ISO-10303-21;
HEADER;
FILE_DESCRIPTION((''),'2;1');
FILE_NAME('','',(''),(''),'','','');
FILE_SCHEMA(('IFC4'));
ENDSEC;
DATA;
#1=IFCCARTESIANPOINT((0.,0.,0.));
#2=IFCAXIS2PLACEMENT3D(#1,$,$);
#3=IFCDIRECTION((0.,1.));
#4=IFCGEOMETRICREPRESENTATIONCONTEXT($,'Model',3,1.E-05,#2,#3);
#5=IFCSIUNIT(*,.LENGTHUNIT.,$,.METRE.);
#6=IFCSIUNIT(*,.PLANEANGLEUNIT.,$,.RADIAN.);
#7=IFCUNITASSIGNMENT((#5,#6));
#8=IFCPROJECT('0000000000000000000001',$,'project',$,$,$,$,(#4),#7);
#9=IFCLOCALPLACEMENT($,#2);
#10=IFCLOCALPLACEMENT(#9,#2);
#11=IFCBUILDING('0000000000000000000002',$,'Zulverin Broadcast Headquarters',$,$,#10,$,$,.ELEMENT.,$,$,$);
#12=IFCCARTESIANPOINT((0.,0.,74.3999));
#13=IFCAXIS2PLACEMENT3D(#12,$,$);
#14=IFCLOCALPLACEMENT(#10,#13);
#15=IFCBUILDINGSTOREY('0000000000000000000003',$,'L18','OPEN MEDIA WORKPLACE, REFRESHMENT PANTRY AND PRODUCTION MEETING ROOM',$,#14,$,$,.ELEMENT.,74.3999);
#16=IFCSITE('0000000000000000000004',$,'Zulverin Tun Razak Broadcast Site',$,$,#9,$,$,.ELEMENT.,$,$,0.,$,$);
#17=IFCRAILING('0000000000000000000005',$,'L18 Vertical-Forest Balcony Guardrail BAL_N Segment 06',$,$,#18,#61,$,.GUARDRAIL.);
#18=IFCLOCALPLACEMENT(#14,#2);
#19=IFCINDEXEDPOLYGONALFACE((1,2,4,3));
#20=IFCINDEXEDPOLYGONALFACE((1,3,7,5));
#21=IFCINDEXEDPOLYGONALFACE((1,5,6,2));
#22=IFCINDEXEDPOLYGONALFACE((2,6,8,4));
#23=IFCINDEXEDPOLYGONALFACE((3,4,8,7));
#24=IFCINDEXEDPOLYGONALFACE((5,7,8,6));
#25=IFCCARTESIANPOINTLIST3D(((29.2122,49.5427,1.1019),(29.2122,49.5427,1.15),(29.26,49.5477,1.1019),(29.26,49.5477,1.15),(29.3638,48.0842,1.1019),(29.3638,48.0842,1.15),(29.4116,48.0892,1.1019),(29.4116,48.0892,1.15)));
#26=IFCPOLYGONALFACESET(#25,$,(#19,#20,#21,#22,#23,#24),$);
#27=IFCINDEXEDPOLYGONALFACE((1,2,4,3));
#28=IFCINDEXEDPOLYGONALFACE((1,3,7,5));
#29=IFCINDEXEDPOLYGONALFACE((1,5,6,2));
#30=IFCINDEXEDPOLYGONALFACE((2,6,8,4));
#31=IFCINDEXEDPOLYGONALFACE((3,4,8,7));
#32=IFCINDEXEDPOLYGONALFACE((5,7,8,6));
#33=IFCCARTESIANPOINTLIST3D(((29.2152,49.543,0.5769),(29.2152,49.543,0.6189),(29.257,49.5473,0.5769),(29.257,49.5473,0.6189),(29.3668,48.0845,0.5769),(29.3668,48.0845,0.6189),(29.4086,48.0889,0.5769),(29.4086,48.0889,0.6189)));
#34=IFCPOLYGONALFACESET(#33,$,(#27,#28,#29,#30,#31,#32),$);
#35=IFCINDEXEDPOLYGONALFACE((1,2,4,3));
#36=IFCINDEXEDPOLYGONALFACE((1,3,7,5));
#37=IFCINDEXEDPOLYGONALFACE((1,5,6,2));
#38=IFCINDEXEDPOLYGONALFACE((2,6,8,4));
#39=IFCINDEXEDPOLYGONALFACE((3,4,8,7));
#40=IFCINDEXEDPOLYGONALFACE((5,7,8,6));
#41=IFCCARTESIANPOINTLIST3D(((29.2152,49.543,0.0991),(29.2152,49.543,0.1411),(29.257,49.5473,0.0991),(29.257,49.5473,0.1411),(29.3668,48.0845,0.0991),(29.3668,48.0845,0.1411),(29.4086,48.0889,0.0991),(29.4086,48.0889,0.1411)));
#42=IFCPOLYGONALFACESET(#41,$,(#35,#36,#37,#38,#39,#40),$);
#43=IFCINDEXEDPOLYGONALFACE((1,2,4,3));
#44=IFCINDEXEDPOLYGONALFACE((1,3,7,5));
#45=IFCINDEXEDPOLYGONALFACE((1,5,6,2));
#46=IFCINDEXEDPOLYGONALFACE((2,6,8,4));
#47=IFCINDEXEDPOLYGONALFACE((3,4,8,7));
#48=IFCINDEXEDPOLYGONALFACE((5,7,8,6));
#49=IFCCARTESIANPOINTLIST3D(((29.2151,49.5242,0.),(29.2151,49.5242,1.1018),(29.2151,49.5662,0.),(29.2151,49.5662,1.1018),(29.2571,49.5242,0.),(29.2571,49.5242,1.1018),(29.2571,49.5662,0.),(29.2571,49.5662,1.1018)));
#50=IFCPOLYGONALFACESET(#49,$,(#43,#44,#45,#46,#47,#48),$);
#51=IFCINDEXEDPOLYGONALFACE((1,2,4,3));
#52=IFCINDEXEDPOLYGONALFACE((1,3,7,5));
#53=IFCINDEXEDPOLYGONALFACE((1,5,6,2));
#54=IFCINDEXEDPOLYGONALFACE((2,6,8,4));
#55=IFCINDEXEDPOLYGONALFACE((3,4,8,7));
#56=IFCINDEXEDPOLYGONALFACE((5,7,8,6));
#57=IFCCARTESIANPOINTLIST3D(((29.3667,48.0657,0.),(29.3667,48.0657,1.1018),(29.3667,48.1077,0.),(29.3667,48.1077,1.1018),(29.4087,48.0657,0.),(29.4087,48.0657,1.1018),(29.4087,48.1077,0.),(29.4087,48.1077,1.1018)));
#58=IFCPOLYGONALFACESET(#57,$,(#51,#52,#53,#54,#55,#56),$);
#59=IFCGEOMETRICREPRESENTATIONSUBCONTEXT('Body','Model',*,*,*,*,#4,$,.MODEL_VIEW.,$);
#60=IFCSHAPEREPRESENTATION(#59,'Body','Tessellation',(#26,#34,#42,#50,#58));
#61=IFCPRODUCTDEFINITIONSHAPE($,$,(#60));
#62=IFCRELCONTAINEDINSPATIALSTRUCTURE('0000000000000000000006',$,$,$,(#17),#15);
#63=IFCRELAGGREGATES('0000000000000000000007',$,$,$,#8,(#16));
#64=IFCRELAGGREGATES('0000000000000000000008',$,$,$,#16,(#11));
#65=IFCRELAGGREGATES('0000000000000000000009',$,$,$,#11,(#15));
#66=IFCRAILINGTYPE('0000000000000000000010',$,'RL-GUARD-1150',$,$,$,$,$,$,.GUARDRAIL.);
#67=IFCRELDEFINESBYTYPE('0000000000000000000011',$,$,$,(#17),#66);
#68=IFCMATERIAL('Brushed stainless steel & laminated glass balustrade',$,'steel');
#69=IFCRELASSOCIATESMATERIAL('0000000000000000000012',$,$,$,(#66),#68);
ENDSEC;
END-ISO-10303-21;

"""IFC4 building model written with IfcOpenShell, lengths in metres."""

from ifc_helpers import new_model, si_unit, direction, frame, origin, origin_2d, place, context, subcontext, project, spatial, rectangle, extrude, material, type_object, element, save


model = new_model("IFC4")

# Units and contexts
model_context = context("Model", 3, precision=1e-05, world=origin(), true_north=direction((0.0, 1.0)))
body_context = subcontext(model_context, "Body", "Model", "MODEL_VIEW")
ifc_project = project(units=[si_unit("LENGTHUNIT", "METRE"), si_unit("PLANEANGLEUNIT", "RADIAN")], contexts=[model_context])

# Site, building, storey
site_placement = place(None, origin())
site = spatial("IfcSite", under=ifc_project, at=site_placement, Name="Zulverin Tun Razak Broadcast Site", CompositionType="ELEMENT", RefElevation=0.0)
building_placement = place(site_placement, origin())
building = spatial("IfcBuilding", under=site, at=building_placement, Name="Zulverin Broadcast Headquarters", CompositionType="ELEMENT")
storey_placement = place(building_placement, frame((0.0, 0.0, 74.3999)))
storey = spatial("IfcBuildingStorey", under=building, at=storey_placement, Name="L18", Description="OPEN MEDIA WORKPLACE, REFRESHMENT PANTRY AND PRODUCTION MEETING ROOM", CompositionType="ELEMENT", Elevation=74.3999)

# Railing
ifc_material_1 = material(Name="Brushed stainless steel & laminated glass balustrade", Category="steel")
railing_type = type_object("IfcRailingType", Name="RL-GUARD-1150", PredefinedType="GUARDRAIL", material=ifc_material_1)
railing_1_placement = place(storey_placement, frame((29.2361, 49.5452, 0.0)))
element("IfcRailing", 1, at=railing_1_placement, inside=storey, type_object=railing_type, Name="L18 Vertical-Forest Balcony Guardrail BAL_N Segment 06", PredefinedType="GUARDRAIL", context=body_context, shape_type="SweptSolid", body=[
    extrude(rectangle(XDim=0.0481, YDim=0.0481, at=origin_2d()), frame((0.0, 0.0, 1.126), z_axis=(0.103393, -0.994641, 0.0), x_axis=(0.994641, 0.103393, 0.0)), (0.0, 0.0, 1.0), 1.4663),
    extrude(rectangle(XDim=0.042, YDim=0.042, at=origin_2d()), frame((0.0, 0.0, 0.5979), z_axis=(0.103393, -0.994641, 0.0), x_axis=(0.994641, 0.103393, 0.0)), (0.0, 0.0, 1.0), 1.4663),
    extrude(rectangle(XDim=0.042, YDim=0.042, at=origin_2d()), frame((0.0, 0.0, 0.1201), z_axis=(0.103393, -0.994641, 0.0), x_axis=(0.994641, 0.103393, 0.0)), (0.0, 0.0, 1.0), 1.4663),
    extrude(rectangle(XDim=0.042, YDim=0.042, at=origin_2d()), origin(), (0.0, 0.0, 1.0), 1.1018),
    extrude(rectangle(XDim=0.042, YDim=0.042, at=origin_2d()), frame((0.1516, -1.4585, 0.0)), (0.0, 0.0, 1.0), 1.1018),
])

save(model, "model.ifc")
